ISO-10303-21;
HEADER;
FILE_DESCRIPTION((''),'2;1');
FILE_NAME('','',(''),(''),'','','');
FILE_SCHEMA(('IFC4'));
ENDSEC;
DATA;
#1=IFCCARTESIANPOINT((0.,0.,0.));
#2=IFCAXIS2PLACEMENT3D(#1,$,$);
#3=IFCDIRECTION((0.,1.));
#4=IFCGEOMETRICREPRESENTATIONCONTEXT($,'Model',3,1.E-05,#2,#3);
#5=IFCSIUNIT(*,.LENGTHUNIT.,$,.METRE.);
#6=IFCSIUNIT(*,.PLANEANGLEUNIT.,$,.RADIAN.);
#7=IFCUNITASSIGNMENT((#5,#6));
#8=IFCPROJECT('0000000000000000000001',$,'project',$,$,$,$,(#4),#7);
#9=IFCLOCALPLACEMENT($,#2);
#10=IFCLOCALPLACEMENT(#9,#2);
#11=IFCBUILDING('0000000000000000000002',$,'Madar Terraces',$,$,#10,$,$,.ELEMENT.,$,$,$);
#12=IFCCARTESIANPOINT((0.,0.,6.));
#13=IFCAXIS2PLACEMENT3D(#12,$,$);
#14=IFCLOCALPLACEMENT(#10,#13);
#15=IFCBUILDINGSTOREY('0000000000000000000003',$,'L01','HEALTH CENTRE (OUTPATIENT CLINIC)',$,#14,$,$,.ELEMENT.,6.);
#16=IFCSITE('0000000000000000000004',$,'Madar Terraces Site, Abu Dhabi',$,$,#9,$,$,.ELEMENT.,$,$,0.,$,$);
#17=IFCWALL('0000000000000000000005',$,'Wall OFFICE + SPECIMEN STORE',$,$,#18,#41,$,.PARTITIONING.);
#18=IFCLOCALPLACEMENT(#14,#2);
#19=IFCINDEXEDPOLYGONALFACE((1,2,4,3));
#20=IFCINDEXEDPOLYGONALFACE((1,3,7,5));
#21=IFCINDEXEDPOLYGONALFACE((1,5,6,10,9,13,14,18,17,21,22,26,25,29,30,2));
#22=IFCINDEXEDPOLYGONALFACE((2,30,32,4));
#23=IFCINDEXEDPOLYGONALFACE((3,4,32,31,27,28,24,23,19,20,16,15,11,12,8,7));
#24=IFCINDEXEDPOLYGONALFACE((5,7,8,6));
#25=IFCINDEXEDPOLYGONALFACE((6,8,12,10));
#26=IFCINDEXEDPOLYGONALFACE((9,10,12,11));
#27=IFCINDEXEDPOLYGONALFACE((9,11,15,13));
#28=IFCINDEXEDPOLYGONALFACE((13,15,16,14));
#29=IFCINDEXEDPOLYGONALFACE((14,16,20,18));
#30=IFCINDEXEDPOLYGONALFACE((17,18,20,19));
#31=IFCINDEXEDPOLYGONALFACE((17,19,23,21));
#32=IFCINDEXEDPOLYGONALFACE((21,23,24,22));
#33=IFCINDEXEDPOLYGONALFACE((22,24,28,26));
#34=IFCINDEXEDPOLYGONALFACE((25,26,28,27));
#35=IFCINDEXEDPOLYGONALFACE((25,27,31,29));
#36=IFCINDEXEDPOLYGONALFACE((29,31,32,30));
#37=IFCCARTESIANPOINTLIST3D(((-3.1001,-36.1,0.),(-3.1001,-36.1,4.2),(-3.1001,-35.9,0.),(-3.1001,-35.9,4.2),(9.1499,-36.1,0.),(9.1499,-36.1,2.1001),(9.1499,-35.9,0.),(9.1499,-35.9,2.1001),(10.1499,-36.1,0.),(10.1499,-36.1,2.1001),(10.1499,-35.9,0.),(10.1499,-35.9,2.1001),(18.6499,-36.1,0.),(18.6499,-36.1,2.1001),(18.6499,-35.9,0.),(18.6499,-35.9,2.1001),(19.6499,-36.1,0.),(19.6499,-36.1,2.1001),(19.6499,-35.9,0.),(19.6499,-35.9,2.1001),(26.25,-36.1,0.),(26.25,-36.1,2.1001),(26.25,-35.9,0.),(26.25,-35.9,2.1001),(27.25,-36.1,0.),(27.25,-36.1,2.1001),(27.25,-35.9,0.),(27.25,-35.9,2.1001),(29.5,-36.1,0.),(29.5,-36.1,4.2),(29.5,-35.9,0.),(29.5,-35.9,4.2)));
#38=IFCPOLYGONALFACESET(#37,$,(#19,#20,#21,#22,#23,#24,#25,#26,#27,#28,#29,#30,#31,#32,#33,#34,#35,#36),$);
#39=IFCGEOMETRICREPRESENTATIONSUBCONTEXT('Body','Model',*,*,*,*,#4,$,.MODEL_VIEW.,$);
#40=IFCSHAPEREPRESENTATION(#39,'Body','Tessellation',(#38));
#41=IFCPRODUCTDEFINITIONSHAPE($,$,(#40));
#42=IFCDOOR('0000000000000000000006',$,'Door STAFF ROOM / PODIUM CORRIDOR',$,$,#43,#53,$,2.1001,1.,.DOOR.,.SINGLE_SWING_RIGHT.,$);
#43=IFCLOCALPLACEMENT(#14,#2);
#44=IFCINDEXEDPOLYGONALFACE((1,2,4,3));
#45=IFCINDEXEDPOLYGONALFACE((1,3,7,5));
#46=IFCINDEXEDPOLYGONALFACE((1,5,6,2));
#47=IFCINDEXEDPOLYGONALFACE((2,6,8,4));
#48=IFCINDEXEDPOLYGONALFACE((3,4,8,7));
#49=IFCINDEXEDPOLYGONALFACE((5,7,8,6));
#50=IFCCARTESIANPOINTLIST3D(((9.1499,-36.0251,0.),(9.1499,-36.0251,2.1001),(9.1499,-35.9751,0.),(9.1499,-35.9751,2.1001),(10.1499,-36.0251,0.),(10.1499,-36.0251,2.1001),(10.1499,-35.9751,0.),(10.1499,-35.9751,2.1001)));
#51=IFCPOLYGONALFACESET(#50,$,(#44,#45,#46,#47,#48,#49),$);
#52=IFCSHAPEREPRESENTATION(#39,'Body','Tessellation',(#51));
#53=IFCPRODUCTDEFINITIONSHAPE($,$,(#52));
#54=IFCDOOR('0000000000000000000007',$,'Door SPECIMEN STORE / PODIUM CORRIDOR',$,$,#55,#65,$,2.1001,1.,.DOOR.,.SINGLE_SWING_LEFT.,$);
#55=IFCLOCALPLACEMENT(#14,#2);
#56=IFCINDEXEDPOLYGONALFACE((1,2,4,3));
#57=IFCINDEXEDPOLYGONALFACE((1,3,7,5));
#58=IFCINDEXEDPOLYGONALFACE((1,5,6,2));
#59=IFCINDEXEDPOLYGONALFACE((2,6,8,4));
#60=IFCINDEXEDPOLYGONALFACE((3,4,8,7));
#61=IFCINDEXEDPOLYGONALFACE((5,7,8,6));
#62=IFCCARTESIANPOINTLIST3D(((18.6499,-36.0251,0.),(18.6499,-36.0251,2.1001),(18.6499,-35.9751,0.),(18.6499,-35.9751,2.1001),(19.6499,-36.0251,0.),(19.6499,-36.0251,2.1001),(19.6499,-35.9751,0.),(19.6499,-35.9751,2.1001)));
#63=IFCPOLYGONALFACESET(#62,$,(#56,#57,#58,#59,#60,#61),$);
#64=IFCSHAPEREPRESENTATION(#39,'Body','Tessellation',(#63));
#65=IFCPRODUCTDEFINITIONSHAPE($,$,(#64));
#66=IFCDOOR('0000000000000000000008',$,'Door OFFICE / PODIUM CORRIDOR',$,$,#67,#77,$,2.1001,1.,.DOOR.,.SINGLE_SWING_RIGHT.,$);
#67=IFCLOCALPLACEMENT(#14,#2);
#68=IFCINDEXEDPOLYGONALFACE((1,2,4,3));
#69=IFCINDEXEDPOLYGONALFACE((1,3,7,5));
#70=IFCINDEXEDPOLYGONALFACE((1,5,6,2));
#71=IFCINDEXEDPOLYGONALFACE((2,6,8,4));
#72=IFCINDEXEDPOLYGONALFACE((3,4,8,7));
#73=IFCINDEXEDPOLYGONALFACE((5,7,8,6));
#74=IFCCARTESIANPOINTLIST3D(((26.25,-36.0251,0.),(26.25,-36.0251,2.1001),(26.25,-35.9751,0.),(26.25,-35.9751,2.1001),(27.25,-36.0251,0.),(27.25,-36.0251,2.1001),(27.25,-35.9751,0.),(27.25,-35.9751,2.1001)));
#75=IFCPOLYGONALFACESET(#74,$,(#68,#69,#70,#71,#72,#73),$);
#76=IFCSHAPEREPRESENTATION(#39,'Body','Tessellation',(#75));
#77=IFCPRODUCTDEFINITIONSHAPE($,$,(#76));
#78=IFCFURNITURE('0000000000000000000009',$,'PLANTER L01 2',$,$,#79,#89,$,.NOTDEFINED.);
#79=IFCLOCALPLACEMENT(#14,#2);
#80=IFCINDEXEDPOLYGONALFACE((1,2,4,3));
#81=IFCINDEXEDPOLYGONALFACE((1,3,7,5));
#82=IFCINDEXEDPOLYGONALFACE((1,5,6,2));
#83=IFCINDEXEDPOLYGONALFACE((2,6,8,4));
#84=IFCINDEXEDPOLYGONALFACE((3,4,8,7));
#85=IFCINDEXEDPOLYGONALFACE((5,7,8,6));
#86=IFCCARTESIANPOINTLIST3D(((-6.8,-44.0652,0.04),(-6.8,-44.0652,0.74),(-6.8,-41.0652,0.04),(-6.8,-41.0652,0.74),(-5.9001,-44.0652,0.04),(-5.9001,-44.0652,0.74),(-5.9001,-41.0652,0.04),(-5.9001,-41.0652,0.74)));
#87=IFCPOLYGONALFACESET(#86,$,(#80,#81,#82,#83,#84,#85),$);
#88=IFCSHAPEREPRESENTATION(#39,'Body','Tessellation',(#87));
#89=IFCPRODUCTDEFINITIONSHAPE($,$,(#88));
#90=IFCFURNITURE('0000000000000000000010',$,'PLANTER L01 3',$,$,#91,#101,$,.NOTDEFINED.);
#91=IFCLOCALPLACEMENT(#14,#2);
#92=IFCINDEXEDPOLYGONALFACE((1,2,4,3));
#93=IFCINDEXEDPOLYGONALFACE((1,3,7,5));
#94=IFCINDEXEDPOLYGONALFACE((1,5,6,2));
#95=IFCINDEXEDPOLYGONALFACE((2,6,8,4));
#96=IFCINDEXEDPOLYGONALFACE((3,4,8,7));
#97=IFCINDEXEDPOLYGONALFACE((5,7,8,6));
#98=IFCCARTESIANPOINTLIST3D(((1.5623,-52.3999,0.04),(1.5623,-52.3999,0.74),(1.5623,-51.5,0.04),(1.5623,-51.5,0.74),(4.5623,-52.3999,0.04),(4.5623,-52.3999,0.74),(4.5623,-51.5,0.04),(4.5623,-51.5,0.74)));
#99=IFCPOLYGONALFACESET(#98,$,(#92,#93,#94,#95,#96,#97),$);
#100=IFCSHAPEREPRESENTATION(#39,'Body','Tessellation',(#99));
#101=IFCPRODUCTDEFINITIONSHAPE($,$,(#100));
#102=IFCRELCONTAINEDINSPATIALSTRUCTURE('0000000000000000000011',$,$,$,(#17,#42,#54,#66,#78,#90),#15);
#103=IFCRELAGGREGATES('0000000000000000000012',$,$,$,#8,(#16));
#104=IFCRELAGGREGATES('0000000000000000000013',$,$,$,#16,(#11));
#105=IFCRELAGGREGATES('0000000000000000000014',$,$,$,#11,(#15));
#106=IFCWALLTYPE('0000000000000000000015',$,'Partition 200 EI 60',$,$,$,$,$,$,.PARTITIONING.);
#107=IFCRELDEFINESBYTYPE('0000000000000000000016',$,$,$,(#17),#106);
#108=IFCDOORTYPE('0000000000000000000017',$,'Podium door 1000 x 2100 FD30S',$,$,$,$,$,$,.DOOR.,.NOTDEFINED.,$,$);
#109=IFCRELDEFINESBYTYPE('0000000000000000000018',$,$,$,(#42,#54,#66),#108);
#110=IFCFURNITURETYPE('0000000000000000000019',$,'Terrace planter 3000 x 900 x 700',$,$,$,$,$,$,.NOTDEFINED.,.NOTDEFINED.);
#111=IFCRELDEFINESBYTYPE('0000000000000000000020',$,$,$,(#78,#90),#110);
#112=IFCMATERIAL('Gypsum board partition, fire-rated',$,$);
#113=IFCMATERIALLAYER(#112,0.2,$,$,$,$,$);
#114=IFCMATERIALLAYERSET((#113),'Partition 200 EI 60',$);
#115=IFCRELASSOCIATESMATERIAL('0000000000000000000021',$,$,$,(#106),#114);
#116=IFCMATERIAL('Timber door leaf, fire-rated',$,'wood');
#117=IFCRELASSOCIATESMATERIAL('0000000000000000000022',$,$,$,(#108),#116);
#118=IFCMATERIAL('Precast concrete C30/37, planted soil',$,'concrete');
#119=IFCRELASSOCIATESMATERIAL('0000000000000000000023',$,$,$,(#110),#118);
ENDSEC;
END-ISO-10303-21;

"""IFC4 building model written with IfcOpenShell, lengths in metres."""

from ifc_helpers import new_model, si_unit, direction, frame, frame_2d, origin, origin_2d, place, context, subcontext, project, spatial, rectangle, extrude, material, layer, layer_set, type_object, element, fill, save


model = new_model("IFC4")

# Units and contexts
model_context = context("Model", 3, precision=1e-05, world=origin(), true_north=direction((0.0, 1.0)))
body_context = subcontext(model_context, "Body", "Model", "MODEL_VIEW")
ifc_project = project(units=[si_unit("LENGTHUNIT", "METRE"), si_unit("PLANEANGLEUNIT", "RADIAN")], contexts=[model_context])

# Site, building, storey
site_placement = place(None, origin())
site = spatial("IfcSite", under=ifc_project, at=site_placement, Name="Madar Terraces Site, Abu Dhabi", CompositionType="ELEMENT", RefElevation=0.0)
building_placement = place(site_placement, origin())
building = spatial("IfcBuilding", under=site, at=building_placement, Name="Madar Terraces", CompositionType="ELEMENT")
storey_placement = place(building_placement, frame((0.0, 0.0, 6.0)))
storey = spatial("IfcBuildingStorey", under=building, at=storey_placement, Name="L01", Description="HEALTH CENTRE (OUTPATIENT CLINIC)", CompositionType="ELEMENT", Elevation=6.0)

# Wall, openings, doors
ifc_material_1 = material(Name="Gypsum board partition, fire-rated")
ifc_layer_1 = layer(ifc_material_1, 0.2)
ifc_layer_set_1 = layer_set([ifc_layer_1], Name="Partition 200 EI 60")
wall_type_1 = type_object("IfcWallType", Name="Partition 200 EI 60", PredefinedType="PARTITIONING", material=ifc_layer_set_1)
wall_1_placement = place(storey_placement, frame((-3.1001, -36.0, 0.0), z_axis=(0.0, 0.0, 1.0), x_axis=(1.0, 0.0, 0.0)))
wall_1 = element("IfcWall", 1, at=wall_1_placement, inside=storey, type_object=wall_type_1, Name="Wall OFFICE + SPECIMEN STORE", PredefinedType="PARTITIONING", context=body_context, shape_type="SweptSolid", body=[
    extrude(rectangle(XDim=32.6001, YDim=0.2, at=frame_2d((16.3, 0.0))), origin(), (0.0, 0.0, 1.0), 4.2),
])
opening_1_placement = place(wall_1_placement, frame((12.25, 0.0, 0.0)))
opening_1 = element("IfcOpeningElement", 2, at=opening_1_placement, cuts=wall_1, PredefinedType="OPENING", context=body_context, shape_type="SweptSolid", body=[
    extrude(rectangle(XDim=1.0, YDim=2.1001, at=frame_2d((0.5, 1.05))), frame((0.0, 0.1099, 0.0), z_axis=(0.0, -1.0, 0.0), x_axis=(1.0, 0.0, 0.0)), (0.0, 0.0, 1.0), 0.22),
])
opening_2_placement = place(wall_1_placement, frame((21.75, 0.0, 0.0)))
opening_2 = element("IfcOpeningElement", 3, at=opening_2_placement, cuts=wall_1, PredefinedType="OPENING", context=body_context, shape_type="SweptSolid", body=[
    extrude(rectangle(XDim=1.0, YDim=2.1001, at=frame_2d((0.5, 1.05))), frame((0.0, 0.1099, 0.0), z_axis=(0.0, -1.0, 0.0), x_axis=(1.0, 0.0, 0.0)), (0.0, 0.0, 1.0), 0.22),
])
opening_3_placement = place(wall_1_placement, frame((29.3501, 0.0, 0.0)))
opening_3 = element("IfcOpeningElement", 4, at=opening_3_placement, cuts=wall_1, PredefinedType="OPENING", context=body_context, shape_type="SweptSolid", body=[
    extrude(rectangle(XDim=1.0, YDim=2.1001, at=frame_2d((0.5, 1.05))), frame((0.0, 0.1099, 0.0), z_axis=(0.0, -1.0, 0.0), x_axis=(1.0, 0.0, 0.0)), (0.0, 0.0, 1.0), 0.22),
])
ifc_material_2 = material(Name="Timber door leaf, fire-rated", Category="wood")
door_type_1 = type_object("IfcDoorType", Name="Podium door 1000 x 2100 FD30S", OperationType="NOTDEFINED", PredefinedType="DOOR", material=ifc_material_2)
door_1_placement = place(opening_1_placement, origin())
door_1 = element("IfcDoor", 5, at=door_1_placement, inside=storey, type_object=door_type_1, Name="Door STAFF ROOM / PODIUM CORRIDOR", OperationType="SINGLE_SWING_RIGHT", OverallHeight=2.1001, OverallWidth=1.0, PredefinedType="DOOR", context=body_context, shape_type="SweptSolid", body=[
    extrude(rectangle(XDim=1.0, YDim=2.1001, at=frame_2d((0.5, 1.05))), frame((0.0, 0.0249, 0.0), z_axis=(0.0, -1.0, 0.0), x_axis=(1.0, 0.0, 0.0)), (0.0, 0.0, 1.0), 0.05),
])
fill(opening_1, door_1)
door_2_placement = place(opening_2_placement, origin())
door_2 = element("IfcDoor", 6, at=door_2_placement, inside=storey, type_object=door_type_1, Name="Door SPECIMEN STORE / PODIUM CORRIDOR", OperationType="SINGLE_SWING_LEFT", OverallHeight=2.1001, OverallWidth=1.0, PredefinedType="DOOR", context=body_context, shape_type="SweptSolid", body=[
    extrude(rectangle(XDim=1.0, YDim=2.1001, at=frame_2d((0.5, 1.05))), frame((0.0, 0.0249, 0.0), z_axis=(0.0, -1.0, 0.0), x_axis=(1.0, 0.0, 0.0)), (0.0, 0.0, 1.0), 0.05),
])
fill(opening_2, door_2)
door_3_placement = place(opening_3_placement, origin())
door_3 = element("IfcDoor", 7, at=door_3_placement, inside=storey, type_object=door_type_1, Name="Door OFFICE / PODIUM CORRIDOR", OperationType="SINGLE_SWING_RIGHT", OverallHeight=2.1001, OverallWidth=1.0, PredefinedType="DOOR", context=body_context, shape_type="SweptSolid", body=[
    extrude(rectangle(XDim=1.0, YDim=2.1001, at=frame_2d((0.5, 1.05))), frame((0.0, 0.0249, 0.0), z_axis=(0.0, -1.0, 0.0), x_axis=(1.0, 0.0, 0.0)), (0.0, 0.0, 1.0), 0.05),
])
fill(opening_3, door_3)

# Furniture
ifc_material_3 = material(Name="Precast concrete C30/37, planted soil", Category="concrete")
furniture_type = type_object("IfcFurnitureType", Name="Terrace planter 3000 x 900 x 700", AssemblyPlace="NOTDEFINED", PredefinedType="NOTDEFINED", material=ifc_material_3)
for number, where, z_axis, x_axis, name in (
    (8, (-6.3501, -42.5652, 0.04), (0.0, 0.0, 1.0), (0.0, -1.0, 0.0), "PLANTER L01 2"),
    (9, (3.0623, -51.95, 0.04), (0.0, 0.0, 1.0), (1.0, 0.0, 0.0), "PLANTER L01 3"),
):
    element("IfcFurniture", number, at=place(storey_placement, frame(where, z_axis=z_axis, x_axis=x_axis)), inside=storey, type_object=furniture_type, Name=name, PredefinedType="NOTDEFINED", context=body_context, shape_type="SweptSolid", body=[
        extrude(rectangle(XDim=3.0, YDim=0.8999, at=origin_2d()), origin(), (0.0, 0.0, 1.0), 0.7),
    ])

save(model, "model.ifc")
